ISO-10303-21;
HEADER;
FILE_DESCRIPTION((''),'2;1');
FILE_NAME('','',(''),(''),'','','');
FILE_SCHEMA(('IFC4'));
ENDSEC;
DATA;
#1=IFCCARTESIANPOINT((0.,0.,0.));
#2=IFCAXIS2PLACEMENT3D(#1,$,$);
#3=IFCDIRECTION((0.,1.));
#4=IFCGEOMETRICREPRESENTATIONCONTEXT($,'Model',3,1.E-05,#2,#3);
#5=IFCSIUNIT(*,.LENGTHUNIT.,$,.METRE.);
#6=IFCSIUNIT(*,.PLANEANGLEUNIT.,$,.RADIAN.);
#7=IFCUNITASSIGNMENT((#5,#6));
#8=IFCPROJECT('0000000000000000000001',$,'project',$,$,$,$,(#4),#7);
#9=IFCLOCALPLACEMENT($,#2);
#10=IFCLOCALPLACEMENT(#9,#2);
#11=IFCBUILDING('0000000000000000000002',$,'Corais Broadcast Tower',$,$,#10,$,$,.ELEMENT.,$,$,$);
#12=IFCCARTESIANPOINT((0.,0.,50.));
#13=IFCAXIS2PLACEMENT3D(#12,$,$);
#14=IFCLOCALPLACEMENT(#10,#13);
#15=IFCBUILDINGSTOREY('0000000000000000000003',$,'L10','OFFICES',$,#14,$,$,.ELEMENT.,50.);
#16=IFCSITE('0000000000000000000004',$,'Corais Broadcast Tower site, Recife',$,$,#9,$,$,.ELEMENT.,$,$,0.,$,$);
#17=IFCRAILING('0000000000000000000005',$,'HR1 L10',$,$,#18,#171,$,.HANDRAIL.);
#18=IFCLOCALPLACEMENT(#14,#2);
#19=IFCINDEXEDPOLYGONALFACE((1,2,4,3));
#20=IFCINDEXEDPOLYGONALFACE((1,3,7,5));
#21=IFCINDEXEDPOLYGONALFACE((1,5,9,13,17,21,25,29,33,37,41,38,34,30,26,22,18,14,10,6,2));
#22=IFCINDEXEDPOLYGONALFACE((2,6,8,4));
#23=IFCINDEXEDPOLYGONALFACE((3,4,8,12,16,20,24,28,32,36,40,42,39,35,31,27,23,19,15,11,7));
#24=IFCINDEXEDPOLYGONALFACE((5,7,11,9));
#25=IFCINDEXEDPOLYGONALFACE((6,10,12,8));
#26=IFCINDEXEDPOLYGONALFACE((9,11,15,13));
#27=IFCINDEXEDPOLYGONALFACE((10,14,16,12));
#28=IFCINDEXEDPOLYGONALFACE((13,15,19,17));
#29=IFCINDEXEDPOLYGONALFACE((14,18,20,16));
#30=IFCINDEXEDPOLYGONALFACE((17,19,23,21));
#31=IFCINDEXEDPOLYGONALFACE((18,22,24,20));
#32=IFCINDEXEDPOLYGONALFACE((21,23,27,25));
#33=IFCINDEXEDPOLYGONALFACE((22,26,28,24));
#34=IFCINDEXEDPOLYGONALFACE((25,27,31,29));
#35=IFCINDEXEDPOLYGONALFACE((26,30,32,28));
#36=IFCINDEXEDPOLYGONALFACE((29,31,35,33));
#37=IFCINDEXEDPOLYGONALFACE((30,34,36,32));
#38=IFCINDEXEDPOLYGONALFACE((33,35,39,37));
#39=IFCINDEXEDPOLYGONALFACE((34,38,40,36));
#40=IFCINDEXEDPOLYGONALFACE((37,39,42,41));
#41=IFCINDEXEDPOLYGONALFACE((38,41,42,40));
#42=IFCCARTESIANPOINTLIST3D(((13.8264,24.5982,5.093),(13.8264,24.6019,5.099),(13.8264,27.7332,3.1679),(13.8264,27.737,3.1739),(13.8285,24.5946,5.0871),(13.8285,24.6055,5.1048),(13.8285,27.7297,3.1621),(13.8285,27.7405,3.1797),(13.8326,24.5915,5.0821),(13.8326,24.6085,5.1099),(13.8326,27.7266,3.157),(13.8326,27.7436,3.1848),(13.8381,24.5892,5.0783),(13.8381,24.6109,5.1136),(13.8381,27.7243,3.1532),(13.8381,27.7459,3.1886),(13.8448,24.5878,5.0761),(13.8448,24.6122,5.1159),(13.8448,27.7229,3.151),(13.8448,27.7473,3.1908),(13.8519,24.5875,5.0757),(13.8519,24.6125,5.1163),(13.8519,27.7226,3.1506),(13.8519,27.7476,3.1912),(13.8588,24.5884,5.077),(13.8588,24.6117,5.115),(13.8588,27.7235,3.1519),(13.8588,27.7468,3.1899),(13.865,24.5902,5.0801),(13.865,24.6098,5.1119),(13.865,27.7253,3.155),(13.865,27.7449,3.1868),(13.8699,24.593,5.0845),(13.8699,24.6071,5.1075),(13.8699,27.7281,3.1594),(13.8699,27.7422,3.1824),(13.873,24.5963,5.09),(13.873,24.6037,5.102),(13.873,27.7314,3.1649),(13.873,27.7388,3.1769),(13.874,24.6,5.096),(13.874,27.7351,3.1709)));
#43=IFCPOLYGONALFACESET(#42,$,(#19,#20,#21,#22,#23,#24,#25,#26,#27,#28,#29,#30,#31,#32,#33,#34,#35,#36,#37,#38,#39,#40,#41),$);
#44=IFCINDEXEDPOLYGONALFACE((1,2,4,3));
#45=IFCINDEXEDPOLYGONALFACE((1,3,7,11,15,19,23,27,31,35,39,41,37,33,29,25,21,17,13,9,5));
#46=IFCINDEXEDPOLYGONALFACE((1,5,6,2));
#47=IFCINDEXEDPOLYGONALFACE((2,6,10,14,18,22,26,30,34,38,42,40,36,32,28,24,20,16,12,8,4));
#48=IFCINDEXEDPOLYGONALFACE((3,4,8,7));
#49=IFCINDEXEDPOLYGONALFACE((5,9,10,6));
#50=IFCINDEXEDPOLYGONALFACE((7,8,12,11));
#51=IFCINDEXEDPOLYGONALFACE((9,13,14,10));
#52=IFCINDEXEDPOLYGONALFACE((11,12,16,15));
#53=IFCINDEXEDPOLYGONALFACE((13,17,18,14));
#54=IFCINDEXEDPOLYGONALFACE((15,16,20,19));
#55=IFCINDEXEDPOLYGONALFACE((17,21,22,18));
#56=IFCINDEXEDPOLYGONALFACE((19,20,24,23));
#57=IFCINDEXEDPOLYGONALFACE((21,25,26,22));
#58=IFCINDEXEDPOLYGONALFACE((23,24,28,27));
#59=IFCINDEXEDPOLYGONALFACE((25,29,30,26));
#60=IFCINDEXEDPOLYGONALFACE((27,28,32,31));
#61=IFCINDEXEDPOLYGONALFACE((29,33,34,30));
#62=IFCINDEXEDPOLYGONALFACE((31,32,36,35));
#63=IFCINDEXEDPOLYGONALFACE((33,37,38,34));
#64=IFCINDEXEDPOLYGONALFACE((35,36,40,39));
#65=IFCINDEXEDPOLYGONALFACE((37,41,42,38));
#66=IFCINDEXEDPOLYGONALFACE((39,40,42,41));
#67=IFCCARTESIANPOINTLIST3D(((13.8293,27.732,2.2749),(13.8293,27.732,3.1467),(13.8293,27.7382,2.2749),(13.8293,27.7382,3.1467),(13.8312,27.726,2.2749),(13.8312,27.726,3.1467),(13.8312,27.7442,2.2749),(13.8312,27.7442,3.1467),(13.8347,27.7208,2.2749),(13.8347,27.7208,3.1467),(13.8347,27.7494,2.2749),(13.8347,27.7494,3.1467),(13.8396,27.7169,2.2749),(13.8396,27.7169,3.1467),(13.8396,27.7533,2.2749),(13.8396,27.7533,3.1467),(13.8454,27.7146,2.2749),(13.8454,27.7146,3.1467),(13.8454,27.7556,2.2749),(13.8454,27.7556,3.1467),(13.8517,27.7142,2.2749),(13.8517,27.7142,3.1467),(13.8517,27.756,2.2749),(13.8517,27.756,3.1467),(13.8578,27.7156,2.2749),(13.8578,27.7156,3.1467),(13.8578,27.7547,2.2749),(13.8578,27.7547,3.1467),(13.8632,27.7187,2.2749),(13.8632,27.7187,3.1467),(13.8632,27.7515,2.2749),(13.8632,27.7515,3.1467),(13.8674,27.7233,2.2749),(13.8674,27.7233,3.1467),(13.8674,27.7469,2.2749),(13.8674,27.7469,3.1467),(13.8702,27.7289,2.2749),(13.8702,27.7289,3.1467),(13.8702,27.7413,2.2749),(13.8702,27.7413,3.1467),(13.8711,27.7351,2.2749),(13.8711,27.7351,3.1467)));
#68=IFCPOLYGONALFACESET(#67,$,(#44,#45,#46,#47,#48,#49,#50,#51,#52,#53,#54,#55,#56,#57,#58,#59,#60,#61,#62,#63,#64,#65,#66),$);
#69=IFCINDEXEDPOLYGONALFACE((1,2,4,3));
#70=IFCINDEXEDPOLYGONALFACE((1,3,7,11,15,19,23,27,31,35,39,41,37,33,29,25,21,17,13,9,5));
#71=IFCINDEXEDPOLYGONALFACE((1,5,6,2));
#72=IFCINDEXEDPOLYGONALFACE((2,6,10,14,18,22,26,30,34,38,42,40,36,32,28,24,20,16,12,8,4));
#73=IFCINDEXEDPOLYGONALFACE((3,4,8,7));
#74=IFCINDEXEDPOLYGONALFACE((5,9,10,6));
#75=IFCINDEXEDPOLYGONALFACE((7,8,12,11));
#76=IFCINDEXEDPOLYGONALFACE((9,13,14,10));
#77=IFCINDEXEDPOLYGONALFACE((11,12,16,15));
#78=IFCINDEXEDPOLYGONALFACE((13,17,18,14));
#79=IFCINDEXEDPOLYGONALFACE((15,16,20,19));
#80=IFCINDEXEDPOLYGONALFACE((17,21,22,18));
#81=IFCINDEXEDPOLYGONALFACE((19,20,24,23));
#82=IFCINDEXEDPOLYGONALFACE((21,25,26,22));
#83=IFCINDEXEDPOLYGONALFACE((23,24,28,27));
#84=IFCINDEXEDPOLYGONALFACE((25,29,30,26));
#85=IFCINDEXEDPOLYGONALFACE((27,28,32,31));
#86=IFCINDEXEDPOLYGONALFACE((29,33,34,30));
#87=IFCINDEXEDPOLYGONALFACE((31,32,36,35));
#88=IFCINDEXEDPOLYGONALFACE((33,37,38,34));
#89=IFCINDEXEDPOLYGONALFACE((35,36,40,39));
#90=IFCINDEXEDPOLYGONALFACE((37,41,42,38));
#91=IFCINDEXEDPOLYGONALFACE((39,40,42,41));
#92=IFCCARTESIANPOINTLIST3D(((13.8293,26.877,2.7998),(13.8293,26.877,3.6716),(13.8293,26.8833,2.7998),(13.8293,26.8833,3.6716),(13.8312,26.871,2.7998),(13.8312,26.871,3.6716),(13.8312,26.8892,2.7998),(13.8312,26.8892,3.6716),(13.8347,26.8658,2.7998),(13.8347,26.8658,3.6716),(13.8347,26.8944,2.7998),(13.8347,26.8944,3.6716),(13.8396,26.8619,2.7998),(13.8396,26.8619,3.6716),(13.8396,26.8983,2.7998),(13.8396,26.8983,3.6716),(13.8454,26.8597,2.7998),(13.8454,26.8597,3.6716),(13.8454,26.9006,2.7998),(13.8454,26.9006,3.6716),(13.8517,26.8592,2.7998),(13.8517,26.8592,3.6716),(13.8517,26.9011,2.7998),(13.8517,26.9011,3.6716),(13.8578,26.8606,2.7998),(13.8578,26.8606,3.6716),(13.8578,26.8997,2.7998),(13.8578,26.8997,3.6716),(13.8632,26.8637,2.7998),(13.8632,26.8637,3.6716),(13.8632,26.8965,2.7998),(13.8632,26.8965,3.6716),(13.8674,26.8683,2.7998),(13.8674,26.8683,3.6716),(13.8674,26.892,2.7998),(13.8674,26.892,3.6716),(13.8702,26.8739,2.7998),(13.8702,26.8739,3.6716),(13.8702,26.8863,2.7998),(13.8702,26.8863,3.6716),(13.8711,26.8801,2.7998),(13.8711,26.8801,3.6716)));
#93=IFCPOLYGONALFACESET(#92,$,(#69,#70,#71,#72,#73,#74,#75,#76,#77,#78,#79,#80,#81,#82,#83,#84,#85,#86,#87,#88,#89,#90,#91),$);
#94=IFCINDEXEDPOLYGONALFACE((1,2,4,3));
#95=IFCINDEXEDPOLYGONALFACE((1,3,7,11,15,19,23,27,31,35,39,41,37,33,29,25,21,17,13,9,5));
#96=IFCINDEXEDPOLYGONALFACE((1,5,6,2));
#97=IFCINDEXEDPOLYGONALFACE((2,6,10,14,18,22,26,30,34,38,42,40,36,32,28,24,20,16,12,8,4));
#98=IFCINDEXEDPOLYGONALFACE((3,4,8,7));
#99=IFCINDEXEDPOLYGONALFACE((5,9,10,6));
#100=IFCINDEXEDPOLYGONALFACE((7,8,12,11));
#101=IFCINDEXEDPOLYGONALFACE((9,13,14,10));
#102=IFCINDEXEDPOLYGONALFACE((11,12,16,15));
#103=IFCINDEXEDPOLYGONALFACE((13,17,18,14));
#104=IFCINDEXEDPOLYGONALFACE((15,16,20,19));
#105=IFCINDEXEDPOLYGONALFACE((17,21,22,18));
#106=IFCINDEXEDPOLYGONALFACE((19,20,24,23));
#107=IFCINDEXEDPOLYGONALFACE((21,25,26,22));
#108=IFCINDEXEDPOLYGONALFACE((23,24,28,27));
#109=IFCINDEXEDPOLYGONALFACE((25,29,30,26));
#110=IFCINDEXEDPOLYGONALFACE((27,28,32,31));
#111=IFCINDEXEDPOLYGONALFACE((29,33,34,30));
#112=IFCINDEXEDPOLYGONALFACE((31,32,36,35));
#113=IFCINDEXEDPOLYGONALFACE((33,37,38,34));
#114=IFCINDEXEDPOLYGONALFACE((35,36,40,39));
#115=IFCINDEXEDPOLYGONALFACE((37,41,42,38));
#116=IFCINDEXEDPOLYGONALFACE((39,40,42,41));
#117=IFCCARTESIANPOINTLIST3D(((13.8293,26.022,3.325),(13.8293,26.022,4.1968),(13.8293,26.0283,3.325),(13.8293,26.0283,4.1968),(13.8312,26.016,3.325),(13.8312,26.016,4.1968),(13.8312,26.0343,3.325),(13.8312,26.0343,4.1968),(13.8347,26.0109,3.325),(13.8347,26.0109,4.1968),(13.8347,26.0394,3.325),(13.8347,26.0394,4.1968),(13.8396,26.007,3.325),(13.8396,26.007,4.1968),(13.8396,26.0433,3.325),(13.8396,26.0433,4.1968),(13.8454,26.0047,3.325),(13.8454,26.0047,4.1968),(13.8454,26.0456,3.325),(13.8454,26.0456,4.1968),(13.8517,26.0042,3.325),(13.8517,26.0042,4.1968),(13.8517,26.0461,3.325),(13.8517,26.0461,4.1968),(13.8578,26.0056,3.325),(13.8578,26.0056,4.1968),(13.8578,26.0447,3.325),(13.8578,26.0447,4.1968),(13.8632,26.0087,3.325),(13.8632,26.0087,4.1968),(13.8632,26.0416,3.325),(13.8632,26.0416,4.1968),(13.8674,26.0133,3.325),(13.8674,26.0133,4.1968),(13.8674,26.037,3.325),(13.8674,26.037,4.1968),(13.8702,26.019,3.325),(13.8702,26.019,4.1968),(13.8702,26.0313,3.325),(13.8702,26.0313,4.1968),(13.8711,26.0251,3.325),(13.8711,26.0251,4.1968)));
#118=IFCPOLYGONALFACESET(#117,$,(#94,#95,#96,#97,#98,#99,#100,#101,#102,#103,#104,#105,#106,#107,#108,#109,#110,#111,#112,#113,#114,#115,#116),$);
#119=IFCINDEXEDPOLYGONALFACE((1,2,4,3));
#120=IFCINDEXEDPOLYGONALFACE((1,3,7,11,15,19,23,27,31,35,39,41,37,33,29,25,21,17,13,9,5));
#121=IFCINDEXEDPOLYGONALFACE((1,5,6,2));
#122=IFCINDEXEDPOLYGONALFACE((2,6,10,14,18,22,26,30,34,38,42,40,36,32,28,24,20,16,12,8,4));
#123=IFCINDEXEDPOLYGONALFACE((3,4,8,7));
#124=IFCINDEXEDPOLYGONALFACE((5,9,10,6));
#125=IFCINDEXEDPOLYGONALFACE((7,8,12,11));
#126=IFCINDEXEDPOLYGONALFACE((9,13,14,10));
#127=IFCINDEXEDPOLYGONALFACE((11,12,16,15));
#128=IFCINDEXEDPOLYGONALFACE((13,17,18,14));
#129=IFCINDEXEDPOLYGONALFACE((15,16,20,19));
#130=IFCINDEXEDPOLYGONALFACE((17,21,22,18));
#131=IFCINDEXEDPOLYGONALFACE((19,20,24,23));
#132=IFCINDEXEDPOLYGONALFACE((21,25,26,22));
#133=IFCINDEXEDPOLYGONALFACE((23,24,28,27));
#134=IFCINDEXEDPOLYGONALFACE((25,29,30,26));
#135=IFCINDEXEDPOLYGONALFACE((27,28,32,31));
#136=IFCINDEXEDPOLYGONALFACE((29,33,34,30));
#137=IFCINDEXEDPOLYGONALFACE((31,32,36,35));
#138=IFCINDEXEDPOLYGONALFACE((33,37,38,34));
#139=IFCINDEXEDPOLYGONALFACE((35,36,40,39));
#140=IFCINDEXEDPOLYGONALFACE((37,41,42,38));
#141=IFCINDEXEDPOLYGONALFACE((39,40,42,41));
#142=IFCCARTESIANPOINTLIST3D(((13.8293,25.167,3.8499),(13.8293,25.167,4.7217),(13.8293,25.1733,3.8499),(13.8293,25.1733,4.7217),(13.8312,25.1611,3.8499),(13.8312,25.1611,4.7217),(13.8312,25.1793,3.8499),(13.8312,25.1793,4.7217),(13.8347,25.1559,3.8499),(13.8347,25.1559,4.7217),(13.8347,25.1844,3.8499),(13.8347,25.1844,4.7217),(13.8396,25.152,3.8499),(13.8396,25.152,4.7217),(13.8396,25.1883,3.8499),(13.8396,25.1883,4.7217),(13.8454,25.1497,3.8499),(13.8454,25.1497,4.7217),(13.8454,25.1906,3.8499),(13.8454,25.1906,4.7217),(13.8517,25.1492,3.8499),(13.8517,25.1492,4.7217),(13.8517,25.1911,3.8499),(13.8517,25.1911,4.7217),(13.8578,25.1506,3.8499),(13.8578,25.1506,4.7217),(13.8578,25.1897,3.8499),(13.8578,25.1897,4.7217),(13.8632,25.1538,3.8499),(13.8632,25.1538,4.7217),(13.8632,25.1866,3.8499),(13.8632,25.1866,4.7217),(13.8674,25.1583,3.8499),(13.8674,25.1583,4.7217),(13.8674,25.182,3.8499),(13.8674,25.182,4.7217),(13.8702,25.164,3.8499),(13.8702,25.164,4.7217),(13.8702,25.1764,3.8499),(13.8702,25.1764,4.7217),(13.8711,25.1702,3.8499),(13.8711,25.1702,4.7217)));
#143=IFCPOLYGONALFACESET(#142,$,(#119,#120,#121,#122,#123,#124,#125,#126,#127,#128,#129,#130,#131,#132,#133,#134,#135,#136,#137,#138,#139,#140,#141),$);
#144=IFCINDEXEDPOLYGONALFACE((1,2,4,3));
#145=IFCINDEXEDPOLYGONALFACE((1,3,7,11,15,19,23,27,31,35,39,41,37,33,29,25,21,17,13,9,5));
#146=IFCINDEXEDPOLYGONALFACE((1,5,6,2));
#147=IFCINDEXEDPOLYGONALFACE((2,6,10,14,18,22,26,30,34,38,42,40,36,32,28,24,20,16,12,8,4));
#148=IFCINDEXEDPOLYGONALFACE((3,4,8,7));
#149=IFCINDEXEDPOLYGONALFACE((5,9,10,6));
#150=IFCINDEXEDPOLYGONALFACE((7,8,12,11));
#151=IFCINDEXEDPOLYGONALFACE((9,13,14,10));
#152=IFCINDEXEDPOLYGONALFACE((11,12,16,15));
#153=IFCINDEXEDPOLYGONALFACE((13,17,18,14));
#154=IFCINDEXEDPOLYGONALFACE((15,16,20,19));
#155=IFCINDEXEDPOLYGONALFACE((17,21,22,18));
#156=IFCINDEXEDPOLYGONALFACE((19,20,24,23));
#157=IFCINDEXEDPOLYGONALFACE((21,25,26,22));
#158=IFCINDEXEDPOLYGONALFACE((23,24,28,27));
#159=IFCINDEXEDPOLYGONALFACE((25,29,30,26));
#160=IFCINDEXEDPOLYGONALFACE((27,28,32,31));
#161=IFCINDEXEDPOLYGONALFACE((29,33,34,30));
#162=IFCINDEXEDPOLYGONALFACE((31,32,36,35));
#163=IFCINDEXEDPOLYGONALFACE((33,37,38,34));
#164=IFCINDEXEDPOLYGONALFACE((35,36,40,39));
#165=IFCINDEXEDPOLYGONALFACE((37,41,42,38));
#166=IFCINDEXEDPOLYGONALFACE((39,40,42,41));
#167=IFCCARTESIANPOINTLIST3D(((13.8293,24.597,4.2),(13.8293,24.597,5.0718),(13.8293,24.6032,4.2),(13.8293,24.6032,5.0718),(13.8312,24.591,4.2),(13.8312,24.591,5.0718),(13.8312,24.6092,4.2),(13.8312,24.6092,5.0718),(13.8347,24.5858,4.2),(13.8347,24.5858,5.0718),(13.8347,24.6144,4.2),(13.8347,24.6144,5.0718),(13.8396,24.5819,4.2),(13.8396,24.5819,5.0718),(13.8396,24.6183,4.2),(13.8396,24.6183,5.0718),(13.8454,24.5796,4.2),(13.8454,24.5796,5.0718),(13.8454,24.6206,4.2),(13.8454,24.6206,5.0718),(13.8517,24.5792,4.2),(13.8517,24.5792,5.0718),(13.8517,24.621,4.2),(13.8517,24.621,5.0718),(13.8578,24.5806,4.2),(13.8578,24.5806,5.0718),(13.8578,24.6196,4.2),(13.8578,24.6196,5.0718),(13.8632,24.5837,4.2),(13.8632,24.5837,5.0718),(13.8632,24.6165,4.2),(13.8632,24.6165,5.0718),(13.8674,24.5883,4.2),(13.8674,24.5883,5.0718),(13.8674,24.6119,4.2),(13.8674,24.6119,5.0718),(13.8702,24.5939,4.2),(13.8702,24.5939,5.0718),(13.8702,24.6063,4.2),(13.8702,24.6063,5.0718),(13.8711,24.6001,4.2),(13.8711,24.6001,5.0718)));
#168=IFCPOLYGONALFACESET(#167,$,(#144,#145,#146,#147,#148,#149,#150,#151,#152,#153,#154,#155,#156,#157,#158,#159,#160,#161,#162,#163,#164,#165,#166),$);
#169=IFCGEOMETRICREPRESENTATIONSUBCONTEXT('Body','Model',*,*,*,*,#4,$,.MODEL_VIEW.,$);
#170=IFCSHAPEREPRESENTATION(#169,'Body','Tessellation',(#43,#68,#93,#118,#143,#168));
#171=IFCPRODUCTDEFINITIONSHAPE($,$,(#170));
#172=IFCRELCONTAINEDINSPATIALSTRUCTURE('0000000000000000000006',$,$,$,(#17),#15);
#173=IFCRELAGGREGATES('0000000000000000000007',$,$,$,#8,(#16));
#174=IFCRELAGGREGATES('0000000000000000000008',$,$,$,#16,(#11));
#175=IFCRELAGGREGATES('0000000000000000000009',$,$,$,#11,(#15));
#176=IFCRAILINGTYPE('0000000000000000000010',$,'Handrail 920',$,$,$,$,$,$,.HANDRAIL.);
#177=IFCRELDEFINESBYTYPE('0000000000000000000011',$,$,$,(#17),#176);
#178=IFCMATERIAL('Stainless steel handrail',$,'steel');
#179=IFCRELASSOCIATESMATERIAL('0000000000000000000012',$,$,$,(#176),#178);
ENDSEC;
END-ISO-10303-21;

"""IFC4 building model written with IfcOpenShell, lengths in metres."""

from ifc_helpers import new_model, si_unit, direction, frame, origin, origin_2d, place, context, subcontext, project, spatial, circle, extrude, material, type_object, element, save


model = new_model("IFC4")

# Units and contexts
model_context = context("Model", 3, precision=1e-05, world=origin(), true_north=direction((0.0, 1.0)))
body_context = subcontext(model_context, "Body", "Model", "MODEL_VIEW")
ifc_project = project(units=[si_unit("LENGTHUNIT", "METRE"), si_unit("PLANEANGLEUNIT", "RADIAN")], contexts=[model_context])

# Site, building, storey
site_placement = place(None, origin())
site = spatial("IfcSite", under=ifc_project, at=site_placement, Name="Corais Broadcast Tower site, Recife", CompositionType="ELEMENT", RefElevation=0.0)
building_placement = place(site_placement, origin())
building = spatial("IfcBuilding", under=site, at=building_placement, Name="Corais Broadcast Tower", CompositionType="ELEMENT")
storey_placement = place(building_placement, frame((0.0, 0.0, 50.0)))
storey = spatial("IfcBuildingStorey", under=building, at=storey_placement, Name="L10", Description="OFFICES", CompositionType="ELEMENT", Elevation=50.0)

# Railing
ifc_material_1 = material(Name="Stainless steel handrail", Category="steel")
railing_type = type_object("IfcRailingType", Name="Handrail 920", PredefinedType="HANDRAIL", material=ifc_material_1)
for number, where, name in (
    (1, (13.8501, 27.7351, 2.2749), "HR1 L10"),
):
    element("IfcRailing", number, at=place(storey_placement, frame(where)), inside=storey, type_object=railing_type, Name=name, PredefinedType="HANDRAIL", context=body_context, shape_type="SweptSolid", body=[
        extrude(circle(Radius=0.0239, at=origin_2d()), frame((0.0, 0.0, 0.896), z_axis=(0.0, -0.852166, 0.523271), x_axis=(1.0, 0.0, 0.0)), (0.0, 0.0, 1.0), 3.679),
        extrude(circle(Radius=0.021, at=origin_2d()), origin(), (0.0, 0.0, 1.0), 0.8718),
        extrude(circle(Radius=0.021, at=origin_2d()), frame((0.0, -0.855, 0.5249)), (0.0, 0.0, 1.0), 0.8718),
        extrude(circle(Radius=0.021, at=origin_2d()), frame((0.0, -1.71, 1.05)), (0.0, 0.0, 1.0), 0.8718),
        extrude(circle(Radius=0.021, at=origin_2d()), frame((0.0, -2.5649, 1.575)), (0.0, 0.0, 1.0), 0.8718),
        extrude(circle(Radius=0.021, at=origin_2d()), frame((0.0, -3.135, 1.925)), (0.0, 0.0, 1.0), 0.8718),
    ])

save(model, "model.ifc")
